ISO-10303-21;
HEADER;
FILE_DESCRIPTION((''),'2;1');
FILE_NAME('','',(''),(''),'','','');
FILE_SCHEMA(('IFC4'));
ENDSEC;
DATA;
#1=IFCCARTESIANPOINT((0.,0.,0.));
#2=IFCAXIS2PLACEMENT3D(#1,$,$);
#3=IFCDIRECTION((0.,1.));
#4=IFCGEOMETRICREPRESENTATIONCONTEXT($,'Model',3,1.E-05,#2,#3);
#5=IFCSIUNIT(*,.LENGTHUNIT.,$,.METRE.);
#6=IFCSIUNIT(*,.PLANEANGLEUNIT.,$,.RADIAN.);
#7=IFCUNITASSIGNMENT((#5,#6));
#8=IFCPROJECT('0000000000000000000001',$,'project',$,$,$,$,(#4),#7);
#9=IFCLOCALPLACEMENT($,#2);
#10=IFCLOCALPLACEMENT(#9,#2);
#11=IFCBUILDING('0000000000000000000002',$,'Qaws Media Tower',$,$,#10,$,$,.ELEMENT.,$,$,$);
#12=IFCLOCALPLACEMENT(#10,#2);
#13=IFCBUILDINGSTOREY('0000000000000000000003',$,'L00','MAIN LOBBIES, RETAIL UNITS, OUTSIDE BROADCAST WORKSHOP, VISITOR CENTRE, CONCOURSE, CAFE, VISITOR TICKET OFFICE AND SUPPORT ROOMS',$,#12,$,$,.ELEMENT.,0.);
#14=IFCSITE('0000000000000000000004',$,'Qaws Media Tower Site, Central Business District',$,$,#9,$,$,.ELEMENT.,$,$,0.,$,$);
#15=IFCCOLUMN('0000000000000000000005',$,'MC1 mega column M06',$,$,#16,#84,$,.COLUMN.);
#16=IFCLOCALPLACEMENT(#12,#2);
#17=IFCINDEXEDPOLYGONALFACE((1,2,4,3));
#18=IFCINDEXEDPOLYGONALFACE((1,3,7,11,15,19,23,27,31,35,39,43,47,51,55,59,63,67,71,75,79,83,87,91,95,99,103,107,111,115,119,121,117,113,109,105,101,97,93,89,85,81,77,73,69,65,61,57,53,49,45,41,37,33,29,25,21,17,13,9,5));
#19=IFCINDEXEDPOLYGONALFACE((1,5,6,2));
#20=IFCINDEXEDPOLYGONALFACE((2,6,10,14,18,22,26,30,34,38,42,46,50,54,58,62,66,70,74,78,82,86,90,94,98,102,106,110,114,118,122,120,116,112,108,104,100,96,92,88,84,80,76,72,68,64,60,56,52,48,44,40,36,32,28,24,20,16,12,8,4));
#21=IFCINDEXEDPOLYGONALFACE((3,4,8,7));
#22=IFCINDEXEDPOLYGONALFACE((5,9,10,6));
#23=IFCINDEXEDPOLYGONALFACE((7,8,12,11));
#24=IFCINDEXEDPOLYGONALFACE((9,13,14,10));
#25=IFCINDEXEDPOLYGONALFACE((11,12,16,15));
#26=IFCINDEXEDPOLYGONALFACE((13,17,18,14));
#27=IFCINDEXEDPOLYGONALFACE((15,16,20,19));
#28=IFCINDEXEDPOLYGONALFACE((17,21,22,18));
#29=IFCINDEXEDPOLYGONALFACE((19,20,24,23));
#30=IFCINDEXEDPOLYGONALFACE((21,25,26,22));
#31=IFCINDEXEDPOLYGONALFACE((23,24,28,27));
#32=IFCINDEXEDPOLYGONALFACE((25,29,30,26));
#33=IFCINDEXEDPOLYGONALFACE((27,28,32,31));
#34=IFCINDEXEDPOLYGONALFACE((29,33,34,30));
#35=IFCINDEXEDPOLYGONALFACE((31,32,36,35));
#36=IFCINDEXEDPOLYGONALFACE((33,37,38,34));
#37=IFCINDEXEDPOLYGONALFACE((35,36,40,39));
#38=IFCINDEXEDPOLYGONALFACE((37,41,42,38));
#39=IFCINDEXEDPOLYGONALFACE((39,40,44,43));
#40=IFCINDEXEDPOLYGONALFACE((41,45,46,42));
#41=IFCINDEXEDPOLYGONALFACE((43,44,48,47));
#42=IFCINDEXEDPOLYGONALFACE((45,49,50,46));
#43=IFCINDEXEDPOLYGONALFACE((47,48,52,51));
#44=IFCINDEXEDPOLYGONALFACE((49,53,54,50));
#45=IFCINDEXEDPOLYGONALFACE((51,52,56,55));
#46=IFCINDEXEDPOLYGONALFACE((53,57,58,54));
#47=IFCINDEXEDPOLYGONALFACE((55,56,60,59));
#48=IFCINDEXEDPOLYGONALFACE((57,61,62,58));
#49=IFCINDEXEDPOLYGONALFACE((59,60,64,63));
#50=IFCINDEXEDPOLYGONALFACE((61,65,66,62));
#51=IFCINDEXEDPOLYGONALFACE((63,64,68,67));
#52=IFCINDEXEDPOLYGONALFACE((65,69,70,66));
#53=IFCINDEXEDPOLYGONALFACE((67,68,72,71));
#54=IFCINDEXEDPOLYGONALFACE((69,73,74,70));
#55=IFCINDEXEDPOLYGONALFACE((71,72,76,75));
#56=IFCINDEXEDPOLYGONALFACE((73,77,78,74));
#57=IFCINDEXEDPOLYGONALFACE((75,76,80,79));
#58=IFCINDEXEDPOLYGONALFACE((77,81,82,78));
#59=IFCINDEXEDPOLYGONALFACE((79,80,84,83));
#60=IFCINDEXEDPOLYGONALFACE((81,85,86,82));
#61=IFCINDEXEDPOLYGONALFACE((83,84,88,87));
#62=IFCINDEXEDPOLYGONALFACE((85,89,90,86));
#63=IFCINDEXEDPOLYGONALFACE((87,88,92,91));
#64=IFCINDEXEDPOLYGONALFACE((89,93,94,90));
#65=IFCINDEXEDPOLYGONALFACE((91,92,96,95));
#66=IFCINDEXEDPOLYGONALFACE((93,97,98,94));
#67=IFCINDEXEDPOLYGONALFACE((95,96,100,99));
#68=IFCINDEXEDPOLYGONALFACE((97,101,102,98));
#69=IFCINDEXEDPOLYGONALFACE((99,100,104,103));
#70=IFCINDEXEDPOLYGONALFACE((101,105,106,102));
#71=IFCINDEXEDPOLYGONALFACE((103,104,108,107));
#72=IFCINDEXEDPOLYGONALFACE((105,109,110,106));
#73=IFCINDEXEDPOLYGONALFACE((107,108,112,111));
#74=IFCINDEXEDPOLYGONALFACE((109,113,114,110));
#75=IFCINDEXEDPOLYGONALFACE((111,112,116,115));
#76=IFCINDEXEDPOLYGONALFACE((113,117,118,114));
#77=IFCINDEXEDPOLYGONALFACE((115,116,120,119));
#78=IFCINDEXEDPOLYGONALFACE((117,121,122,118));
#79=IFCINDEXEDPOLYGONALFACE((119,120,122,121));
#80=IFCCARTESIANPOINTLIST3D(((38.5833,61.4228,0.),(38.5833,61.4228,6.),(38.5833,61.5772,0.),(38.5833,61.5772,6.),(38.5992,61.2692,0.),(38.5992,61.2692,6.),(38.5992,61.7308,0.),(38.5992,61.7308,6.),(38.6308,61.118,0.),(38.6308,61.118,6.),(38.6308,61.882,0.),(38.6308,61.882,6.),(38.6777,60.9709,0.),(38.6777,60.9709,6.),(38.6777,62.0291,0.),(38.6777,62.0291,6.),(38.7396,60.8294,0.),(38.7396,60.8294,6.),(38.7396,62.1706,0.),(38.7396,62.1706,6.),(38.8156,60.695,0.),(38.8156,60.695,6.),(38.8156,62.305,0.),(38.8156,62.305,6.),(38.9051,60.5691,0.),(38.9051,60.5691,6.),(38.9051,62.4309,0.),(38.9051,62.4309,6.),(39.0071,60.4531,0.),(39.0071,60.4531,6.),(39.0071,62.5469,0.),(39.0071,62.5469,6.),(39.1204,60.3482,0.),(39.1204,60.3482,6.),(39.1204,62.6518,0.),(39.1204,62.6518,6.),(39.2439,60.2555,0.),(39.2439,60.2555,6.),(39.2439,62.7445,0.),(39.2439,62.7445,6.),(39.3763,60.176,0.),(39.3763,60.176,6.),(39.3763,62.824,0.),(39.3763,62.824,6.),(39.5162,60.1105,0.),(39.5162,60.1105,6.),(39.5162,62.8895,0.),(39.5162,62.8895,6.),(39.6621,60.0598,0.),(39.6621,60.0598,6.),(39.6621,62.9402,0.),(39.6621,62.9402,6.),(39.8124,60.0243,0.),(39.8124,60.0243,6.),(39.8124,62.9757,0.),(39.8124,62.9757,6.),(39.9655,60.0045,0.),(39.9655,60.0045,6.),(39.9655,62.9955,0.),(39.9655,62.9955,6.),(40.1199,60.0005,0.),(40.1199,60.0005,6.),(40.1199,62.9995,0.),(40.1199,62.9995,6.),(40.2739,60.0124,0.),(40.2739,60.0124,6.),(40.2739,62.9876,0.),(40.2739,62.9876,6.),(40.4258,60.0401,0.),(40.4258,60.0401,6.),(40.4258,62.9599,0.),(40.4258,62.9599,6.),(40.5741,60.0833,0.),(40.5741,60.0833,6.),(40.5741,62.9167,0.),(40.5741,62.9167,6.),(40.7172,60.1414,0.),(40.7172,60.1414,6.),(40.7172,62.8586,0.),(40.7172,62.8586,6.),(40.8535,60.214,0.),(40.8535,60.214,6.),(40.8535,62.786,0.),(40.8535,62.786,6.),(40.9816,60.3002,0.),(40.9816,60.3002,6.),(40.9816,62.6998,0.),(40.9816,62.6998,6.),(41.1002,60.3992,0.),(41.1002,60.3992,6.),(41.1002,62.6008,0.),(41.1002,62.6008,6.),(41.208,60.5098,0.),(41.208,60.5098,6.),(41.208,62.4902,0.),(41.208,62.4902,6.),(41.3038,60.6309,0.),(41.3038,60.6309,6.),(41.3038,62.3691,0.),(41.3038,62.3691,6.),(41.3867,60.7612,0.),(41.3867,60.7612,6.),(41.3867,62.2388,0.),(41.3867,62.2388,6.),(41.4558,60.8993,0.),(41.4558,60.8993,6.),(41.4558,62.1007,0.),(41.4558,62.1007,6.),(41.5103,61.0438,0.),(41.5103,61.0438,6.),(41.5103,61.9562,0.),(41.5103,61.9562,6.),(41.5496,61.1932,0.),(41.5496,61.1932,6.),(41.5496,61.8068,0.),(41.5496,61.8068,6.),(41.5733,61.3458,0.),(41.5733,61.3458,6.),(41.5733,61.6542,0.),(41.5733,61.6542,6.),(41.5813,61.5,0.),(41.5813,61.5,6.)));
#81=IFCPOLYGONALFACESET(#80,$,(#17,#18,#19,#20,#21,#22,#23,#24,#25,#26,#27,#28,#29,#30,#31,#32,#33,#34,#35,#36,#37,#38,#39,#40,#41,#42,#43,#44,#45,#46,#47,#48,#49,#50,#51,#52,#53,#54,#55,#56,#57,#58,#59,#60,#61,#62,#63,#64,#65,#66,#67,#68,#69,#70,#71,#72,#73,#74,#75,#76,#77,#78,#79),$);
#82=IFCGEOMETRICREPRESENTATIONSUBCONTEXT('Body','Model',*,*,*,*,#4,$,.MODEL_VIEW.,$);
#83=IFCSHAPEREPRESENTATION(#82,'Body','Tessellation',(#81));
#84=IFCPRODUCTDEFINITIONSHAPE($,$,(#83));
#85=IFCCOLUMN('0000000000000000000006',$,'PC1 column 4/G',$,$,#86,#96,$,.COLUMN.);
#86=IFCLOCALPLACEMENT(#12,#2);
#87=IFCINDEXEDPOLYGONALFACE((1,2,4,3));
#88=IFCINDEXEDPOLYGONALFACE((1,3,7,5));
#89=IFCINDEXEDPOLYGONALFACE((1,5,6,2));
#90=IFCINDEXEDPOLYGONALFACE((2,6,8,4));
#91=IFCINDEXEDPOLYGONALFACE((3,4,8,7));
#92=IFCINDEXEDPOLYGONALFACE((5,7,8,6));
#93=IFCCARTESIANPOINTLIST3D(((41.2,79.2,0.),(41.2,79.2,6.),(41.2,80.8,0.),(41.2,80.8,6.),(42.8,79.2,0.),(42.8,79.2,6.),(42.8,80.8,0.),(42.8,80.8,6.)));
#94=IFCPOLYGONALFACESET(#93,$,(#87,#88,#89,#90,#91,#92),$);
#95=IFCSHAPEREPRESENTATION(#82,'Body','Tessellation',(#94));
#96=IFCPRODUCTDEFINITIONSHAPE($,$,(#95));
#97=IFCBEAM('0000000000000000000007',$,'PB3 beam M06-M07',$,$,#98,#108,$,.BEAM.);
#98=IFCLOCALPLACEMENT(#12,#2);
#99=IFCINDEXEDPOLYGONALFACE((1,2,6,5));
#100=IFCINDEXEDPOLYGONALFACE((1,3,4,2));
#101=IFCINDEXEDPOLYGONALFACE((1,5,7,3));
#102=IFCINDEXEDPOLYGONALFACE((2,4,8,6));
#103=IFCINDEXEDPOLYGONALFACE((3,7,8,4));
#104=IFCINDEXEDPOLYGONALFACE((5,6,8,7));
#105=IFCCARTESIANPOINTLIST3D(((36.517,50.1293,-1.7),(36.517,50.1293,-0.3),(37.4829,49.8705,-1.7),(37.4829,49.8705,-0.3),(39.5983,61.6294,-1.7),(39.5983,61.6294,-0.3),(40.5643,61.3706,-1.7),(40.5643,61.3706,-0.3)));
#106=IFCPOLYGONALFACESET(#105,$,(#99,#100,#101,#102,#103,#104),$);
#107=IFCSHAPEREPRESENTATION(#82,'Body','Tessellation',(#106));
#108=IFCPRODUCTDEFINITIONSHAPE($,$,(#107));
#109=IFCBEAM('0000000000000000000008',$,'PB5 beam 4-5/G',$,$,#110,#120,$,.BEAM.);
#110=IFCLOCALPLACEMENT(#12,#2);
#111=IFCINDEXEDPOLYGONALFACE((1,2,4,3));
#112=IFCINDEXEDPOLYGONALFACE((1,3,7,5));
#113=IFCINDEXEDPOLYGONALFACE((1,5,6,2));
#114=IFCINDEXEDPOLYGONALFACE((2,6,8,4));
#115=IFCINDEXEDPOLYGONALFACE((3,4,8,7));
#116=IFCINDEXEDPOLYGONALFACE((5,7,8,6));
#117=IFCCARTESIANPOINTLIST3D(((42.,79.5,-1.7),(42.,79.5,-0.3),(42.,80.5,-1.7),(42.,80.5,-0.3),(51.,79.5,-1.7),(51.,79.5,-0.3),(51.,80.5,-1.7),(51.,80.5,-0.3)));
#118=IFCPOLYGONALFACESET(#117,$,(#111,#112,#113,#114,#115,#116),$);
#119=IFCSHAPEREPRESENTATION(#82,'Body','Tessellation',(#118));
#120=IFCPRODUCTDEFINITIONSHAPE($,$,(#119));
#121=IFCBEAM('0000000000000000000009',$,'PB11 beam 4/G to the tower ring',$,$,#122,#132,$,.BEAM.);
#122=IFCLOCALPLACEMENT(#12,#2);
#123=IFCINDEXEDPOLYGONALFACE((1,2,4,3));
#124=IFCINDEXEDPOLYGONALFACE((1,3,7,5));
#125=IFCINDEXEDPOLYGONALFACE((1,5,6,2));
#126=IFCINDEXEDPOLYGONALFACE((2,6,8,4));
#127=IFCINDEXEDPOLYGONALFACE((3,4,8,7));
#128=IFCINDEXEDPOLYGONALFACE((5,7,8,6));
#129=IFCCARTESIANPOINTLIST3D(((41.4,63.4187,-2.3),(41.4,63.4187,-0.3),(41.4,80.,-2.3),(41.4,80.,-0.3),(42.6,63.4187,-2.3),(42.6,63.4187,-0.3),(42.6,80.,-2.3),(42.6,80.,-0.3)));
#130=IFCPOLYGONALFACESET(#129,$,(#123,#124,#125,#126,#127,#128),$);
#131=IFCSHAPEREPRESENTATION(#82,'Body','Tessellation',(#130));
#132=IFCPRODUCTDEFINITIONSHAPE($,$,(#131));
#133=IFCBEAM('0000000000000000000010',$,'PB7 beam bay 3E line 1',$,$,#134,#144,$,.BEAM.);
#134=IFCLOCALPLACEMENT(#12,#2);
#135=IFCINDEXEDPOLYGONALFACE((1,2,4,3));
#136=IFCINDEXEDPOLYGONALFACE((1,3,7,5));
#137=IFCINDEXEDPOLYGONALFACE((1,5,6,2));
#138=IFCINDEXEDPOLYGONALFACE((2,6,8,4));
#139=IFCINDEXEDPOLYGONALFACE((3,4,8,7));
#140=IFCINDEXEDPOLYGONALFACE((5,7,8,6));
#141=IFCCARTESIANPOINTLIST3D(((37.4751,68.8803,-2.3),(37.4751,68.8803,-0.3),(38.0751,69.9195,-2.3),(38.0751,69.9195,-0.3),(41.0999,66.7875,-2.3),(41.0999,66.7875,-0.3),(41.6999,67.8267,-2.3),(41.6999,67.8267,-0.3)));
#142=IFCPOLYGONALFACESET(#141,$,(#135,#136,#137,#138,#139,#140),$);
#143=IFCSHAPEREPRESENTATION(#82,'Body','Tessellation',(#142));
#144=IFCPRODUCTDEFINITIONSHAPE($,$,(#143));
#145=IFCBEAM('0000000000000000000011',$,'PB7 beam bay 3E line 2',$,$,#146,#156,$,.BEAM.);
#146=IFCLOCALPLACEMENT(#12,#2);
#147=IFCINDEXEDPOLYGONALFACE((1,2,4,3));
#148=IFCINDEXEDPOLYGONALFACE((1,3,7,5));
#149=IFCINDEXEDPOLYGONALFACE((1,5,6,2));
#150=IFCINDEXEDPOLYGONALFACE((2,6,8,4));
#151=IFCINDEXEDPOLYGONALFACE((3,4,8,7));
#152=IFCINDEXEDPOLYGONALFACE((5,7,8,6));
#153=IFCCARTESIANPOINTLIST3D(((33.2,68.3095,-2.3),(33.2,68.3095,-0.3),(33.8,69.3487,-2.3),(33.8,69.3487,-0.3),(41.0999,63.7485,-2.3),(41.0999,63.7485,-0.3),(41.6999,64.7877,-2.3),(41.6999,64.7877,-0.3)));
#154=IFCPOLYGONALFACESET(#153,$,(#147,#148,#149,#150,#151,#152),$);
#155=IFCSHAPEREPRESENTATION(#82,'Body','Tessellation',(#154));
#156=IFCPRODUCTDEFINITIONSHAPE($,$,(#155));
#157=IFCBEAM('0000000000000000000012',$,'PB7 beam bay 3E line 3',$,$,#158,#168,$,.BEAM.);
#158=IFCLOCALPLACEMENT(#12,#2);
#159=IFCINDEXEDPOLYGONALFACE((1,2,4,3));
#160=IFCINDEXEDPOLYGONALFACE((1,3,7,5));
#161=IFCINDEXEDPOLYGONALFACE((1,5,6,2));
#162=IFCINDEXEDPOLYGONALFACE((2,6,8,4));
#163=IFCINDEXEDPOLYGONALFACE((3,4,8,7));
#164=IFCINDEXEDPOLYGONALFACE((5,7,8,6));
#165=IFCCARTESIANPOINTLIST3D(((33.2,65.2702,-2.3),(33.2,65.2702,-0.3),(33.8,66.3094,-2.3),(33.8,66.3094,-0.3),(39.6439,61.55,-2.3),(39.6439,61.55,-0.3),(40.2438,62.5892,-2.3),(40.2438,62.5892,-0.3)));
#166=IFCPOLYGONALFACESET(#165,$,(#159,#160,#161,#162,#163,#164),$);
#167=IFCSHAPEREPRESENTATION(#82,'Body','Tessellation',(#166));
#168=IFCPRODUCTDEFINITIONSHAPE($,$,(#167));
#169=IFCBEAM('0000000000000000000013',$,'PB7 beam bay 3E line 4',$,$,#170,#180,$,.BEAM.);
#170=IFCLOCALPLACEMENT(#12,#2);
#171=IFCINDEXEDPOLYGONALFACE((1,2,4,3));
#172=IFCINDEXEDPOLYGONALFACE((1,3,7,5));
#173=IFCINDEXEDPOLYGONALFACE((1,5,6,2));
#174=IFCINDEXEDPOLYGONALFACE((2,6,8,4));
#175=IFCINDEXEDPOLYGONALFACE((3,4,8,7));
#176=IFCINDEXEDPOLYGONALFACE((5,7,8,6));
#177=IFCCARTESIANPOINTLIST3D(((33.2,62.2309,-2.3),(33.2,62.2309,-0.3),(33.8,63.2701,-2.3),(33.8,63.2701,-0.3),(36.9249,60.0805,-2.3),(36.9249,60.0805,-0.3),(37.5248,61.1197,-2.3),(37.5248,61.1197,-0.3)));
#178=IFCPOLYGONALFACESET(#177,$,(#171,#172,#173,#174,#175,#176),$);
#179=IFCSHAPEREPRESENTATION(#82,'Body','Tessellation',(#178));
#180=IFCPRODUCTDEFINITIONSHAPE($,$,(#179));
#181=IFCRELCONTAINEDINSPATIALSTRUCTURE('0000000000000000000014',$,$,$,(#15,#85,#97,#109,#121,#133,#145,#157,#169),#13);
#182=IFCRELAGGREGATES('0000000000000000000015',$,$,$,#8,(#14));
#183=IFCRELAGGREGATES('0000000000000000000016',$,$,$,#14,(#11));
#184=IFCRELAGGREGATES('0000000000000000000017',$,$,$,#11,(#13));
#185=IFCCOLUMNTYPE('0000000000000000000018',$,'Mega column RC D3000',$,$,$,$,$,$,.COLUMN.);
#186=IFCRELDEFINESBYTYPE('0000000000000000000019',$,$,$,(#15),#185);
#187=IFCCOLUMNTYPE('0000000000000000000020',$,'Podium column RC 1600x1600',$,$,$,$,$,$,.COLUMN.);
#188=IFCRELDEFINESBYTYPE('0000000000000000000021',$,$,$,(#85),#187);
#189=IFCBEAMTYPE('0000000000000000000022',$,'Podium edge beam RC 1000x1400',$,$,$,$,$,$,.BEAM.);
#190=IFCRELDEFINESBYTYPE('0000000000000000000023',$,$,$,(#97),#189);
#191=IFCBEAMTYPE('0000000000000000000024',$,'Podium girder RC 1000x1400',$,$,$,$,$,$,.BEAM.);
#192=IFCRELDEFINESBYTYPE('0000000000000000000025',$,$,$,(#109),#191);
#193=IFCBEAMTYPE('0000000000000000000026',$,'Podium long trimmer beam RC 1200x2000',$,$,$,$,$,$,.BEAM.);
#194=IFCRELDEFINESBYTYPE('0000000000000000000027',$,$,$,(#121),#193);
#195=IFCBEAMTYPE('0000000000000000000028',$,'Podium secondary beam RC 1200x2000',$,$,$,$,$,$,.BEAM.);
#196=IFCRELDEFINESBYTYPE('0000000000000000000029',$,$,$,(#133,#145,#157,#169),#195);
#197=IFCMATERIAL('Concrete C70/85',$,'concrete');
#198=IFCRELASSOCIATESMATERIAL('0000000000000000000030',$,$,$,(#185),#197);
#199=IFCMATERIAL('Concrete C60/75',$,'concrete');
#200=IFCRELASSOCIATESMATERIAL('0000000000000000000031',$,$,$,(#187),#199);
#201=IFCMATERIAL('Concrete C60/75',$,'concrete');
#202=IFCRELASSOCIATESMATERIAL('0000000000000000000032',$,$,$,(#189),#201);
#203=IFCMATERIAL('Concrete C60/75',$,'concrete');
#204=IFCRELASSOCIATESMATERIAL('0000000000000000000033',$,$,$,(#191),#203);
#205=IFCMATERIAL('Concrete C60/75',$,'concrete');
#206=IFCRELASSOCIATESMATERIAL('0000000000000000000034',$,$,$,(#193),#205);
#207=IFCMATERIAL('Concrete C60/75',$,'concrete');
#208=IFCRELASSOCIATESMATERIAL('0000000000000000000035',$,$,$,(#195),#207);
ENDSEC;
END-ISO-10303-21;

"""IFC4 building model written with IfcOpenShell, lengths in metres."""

from ifc_helpers import new_model, si_unit, direction, frame, origin, origin_2d, place, context, subcontext, project, spatial, rectangle, circle, extrude, material, material_profile, profile_set, type_object, element, save


model = new_model("IFC4")

# Units and contexts
model_context = context("Model", 3, precision=1e-05, world=origin(), true_north=direction((0.0, 1.0)))
body_context = subcontext(model_context, "Body", "Model", "MODEL_VIEW")
ifc_project = project(units=[si_unit("LENGTHUNIT", "METRE"), si_unit("PLANEANGLEUNIT", "RADIAN")], contexts=[model_context])

# Site, building, storey
site_placement = place(None, origin())
site = spatial("IfcSite", under=ifc_project, at=site_placement, Name="Qaws Media Tower Site, Central Business District", CompositionType="ELEMENT", RefElevation=0.0)
building_placement = place(site_placement, origin())
building = spatial("IfcBuilding", under=site, at=building_placement, Name="Qaws Media Tower", CompositionType="ELEMENT")
storey_placement = place(building_placement, origin())
storey = spatial("IfcBuildingStorey", under=building, at=storey_placement, Name="L00", Description="MAIN LOBBIES, RETAIL UNITS, OUTSIDE BROADCAST WORKSHOP, VISITOR CENTRE, CONCOURSE, CAFE, VISITOR TICKET OFFICE AND SUPPORT ROOMS", CompositionType="ELEMENT", Elevation=0.0)

# Columns
ifc_material_1 = material(Name="Concrete C70/85", Category="concrete")
ifc_material_profile_1 = material_profile(ifc_material_1, circle(Radius=1.5, at=origin_2d()), Name="RC D3000")
ifc_profile_set_1 = profile_set([ifc_material_profile_1], Name="Concrete C70/85")
column_type_1 = type_object("IfcColumnType", Name="Mega column RC D3000", PredefinedType="COLUMN", material=ifc_profile_set_1)
column_1_placement = place(storey_placement, frame((40.0813, 61.5, 0.0), z_axis=(0.0, 0.0, 1.0), x_axis=(1.0, 0.0, 0.0)))
element("IfcColumn", 1, at=column_1_placement, inside=storey, type_object=column_type_1, Name="MC1 mega column M06", PredefinedType="COLUMN", context=body_context, shape_type="SweptSolid", body=[
    extrude(circle(Radius=1.5, at=origin_2d()), origin(), (0.0, 0.0, 1.0), 6.0),
])
ifc_material_2 = material(Name="Concrete C60/75", Category="concrete")
ifc_material_profile_2 = material_profile(ifc_material_2, rectangle(XDim=1.6001, YDim=1.6001, at=origin_2d()), Name="RC 1600x1600")
ifc_profile_set_2 = profile_set([ifc_material_profile_2], Name="Concrete C60/75")
column_type_2 = type_object("IfcColumnType", Name="Podium column RC 1600x1600", PredefinedType="COLUMN", material=ifc_profile_set_2)
column_2_placement = place(storey_placement, frame((42.0, 80.0, 0.0), z_axis=(0.0, 0.0, 1.0), x_axis=(1.0, 0.0, 0.0)))
element("IfcColumn", 2, at=column_2_placement, inside=storey, type_object=column_type_2, Name="PC1 column 4/G", PredefinedType="COLUMN", context=body_context, shape_type="SweptSolid", body=[
    extrude(rectangle(XDim=1.6001, YDim=1.6001, at=origin_2d()), origin(), (0.0, 0.0, 1.0), 6.0),
])

# Beams
ifc_material_3 = material(Name="Concrete C60/75", Category="concrete")
ifc_material_profile_3 = material_profile(ifc_material_3, rectangle(XDim=1.0, YDim=1.3999, at=origin_2d()), Name="RC 1000x1400")
ifc_profile_set_3 = profile_set([ifc_material_profile_3], Name="Concrete C60/75")
beam_type_1 = type_object("IfcBeamType", Name="Podium edge beam RC 1000x1400", PredefinedType="BEAM", material=ifc_profile_set_3)
beam_1_placement = place(storey_placement, frame((40.0813, 61.5, -1.0), z_axis=(-0.25881, -0.965928, 0.0), x_axis=(0.965928, -0.25881, 0.0)))
element("IfcBeam", 3, at=beam_1_placement, inside=storey, type_object=beam_type_1, Name="PB3 beam M06-M07", PredefinedType="BEAM", context=body_context, shape_type="SweptSolid", body=[
    extrude(rectangle(XDim=1.0, YDim=1.3999, at=origin_2d()), origin(), (0.0, 0.0, 1.0), 11.9058),
])
ifc_material_4 = material(Name="Concrete C60/75", Category="concrete")
ifc_material_profile_4 = material_profile(ifc_material_4, rectangle(XDim=1.0, YDim=1.3999, at=origin_2d()), Name="RC 1000x1400")
ifc_profile_set_4 = profile_set([ifc_material_profile_4], Name="Concrete C60/75")
beam_type_2 = type_object("IfcBeamType", Name="Podium girder RC 1000x1400", PredefinedType="BEAM", material=ifc_profile_set_4)
beam_2_placement = place(storey_placement, frame((42.0, 80.0, -1.0), z_axis=(1.0, 0.0, 0.0), x_axis=(0.0, 1.0, 0.0)))
element("IfcBeam", 4, at=beam_2_placement, inside=storey, type_object=beam_type_2, Name="PB5 beam 4-5/G", PredefinedType="BEAM", context=body_context, shape_type="SweptSolid", body=[
    extrude(rectangle(XDim=1.0, YDim=1.3999, at=origin_2d()), origin(), (0.0, 0.0, 1.0), 9.0),
])
ifc_material_5 = material(Name="Concrete C60/75", Category="concrete")
ifc_material_profile_5 = material_profile(ifc_material_5, rectangle(XDim=1.2, YDim=2.0, at=origin_2d()), Name="RC 1200x2000")
ifc_profile_set_5 = profile_set([ifc_material_profile_5], Name="Concrete C60/75")
beam_type_3 = type_object("IfcBeamType", Name="Podium long trimmer beam RC 1200x2000", PredefinedType="BEAM", material=ifc_profile_set_5)
beam_3_placement = place(storey_placement, frame((42.0, 80.0, -1.3), z_axis=(0.0, -1.0, 0.0), x_axis=(1.0, 0.0, 0.0)))
element("IfcBeam", 5, at=beam_3_placement, inside=storey, type_object=beam_type_3, Name="PB11 beam 4/G to the tower ring", PredefinedType="BEAM", context=body_context, shape_type="SweptSolid", body=[
    extrude(rectangle(XDim=1.2, YDim=2.0, at=origin_2d()), origin(), (0.0, 0.0, 1.0), 16.5813),
])
ifc_material_6 = material(Name="Concrete C60/75", Category="concrete")
ifc_material_profile_6 = material_profile(ifc_material_6, rectangle(XDim=1.2, YDim=2.0, at=origin_2d()), Name="RC 1200x2000")
ifc_profile_set_6 = profile_set([ifc_material_profile_6], Name="Concrete C60/75")
beam_type_4 = type_object("IfcBeamType", Name="Podium secondary beam RC 1200x2000", PredefinedType="BEAM", material=ifc_profile_set_6)
beam_4_placement = place(storey_placement, frame((41.3999, 67.3071, -1.3), z_axis=(-0.866023, 0.500004, 0.0), x_axis=(-0.500004, -0.866023, 0.0)))
element("IfcBeam", 6, at=beam_4_placement, inside=storey, type_object=beam_type_4, Name="PB7 beam bay 3E line 1", PredefinedType="BEAM", context=body_context, shape_type="SweptSolid", body=[
    extrude(rectangle(XDim=1.2, YDim=2.0, at=origin_2d()), origin(), (0.0, 0.0, 1.0), 4.1855),
])
beam_5_placement = place(storey_placement, frame((41.3999, 64.2681, -1.3), z_axis=(-0.866024, 0.500002, 0.0), x_axis=(-0.500002, -0.866024, 0.0)))
element("IfcBeam", 7, at=beam_5_placement, inside=storey, type_object=beam_type_4, Name="PB7 beam bay 3E line 2", PredefinedType="BEAM", context=body_context, shape_type="SweptSolid", body=[
    extrude(rectangle(XDim=1.2, YDim=2.0, at=origin_2d()), origin(), (0.0, 0.0, 1.0), 9.1221),
])
beam_6_placement = place(storey_placement, frame((39.9438, 62.0696, -1.3), z_axis=(-0.866034, 0.499986, 0.0), x_axis=(-0.499986, -0.866034, 0.0)))
element("IfcBeam", 8, at=beam_6_placement, inside=storey, type_object=beam_type_4, Name="PB7 beam bay 3E line 3", PredefinedType="BEAM", context=body_context, shape_type="SweptSolid", body=[
    extrude(rectangle(XDim=1.2, YDim=2.0, at=origin_2d()), origin(), (0.0, 0.0, 1.0), 7.4407),
])
beam_7_placement = place(storey_placement, frame((37.2249, 60.6001, -1.3), z_axis=(-0.866041, 0.499973, 0.0), x_axis=(-0.499973, -0.866041, 0.0)))
element("IfcBeam", 9, at=beam_7_placement, inside=storey, type_object=beam_type_4, Name="PB7 beam bay 3E line 4", PredefinedType="BEAM", context=body_context, shape_type="SweptSolid", body=[
    extrude(rectangle(XDim=1.2, YDim=2.0, at=origin_2d()), origin(), (0.0, 0.0, 1.0), 4.301),
])

save(model, "model.ifc")
